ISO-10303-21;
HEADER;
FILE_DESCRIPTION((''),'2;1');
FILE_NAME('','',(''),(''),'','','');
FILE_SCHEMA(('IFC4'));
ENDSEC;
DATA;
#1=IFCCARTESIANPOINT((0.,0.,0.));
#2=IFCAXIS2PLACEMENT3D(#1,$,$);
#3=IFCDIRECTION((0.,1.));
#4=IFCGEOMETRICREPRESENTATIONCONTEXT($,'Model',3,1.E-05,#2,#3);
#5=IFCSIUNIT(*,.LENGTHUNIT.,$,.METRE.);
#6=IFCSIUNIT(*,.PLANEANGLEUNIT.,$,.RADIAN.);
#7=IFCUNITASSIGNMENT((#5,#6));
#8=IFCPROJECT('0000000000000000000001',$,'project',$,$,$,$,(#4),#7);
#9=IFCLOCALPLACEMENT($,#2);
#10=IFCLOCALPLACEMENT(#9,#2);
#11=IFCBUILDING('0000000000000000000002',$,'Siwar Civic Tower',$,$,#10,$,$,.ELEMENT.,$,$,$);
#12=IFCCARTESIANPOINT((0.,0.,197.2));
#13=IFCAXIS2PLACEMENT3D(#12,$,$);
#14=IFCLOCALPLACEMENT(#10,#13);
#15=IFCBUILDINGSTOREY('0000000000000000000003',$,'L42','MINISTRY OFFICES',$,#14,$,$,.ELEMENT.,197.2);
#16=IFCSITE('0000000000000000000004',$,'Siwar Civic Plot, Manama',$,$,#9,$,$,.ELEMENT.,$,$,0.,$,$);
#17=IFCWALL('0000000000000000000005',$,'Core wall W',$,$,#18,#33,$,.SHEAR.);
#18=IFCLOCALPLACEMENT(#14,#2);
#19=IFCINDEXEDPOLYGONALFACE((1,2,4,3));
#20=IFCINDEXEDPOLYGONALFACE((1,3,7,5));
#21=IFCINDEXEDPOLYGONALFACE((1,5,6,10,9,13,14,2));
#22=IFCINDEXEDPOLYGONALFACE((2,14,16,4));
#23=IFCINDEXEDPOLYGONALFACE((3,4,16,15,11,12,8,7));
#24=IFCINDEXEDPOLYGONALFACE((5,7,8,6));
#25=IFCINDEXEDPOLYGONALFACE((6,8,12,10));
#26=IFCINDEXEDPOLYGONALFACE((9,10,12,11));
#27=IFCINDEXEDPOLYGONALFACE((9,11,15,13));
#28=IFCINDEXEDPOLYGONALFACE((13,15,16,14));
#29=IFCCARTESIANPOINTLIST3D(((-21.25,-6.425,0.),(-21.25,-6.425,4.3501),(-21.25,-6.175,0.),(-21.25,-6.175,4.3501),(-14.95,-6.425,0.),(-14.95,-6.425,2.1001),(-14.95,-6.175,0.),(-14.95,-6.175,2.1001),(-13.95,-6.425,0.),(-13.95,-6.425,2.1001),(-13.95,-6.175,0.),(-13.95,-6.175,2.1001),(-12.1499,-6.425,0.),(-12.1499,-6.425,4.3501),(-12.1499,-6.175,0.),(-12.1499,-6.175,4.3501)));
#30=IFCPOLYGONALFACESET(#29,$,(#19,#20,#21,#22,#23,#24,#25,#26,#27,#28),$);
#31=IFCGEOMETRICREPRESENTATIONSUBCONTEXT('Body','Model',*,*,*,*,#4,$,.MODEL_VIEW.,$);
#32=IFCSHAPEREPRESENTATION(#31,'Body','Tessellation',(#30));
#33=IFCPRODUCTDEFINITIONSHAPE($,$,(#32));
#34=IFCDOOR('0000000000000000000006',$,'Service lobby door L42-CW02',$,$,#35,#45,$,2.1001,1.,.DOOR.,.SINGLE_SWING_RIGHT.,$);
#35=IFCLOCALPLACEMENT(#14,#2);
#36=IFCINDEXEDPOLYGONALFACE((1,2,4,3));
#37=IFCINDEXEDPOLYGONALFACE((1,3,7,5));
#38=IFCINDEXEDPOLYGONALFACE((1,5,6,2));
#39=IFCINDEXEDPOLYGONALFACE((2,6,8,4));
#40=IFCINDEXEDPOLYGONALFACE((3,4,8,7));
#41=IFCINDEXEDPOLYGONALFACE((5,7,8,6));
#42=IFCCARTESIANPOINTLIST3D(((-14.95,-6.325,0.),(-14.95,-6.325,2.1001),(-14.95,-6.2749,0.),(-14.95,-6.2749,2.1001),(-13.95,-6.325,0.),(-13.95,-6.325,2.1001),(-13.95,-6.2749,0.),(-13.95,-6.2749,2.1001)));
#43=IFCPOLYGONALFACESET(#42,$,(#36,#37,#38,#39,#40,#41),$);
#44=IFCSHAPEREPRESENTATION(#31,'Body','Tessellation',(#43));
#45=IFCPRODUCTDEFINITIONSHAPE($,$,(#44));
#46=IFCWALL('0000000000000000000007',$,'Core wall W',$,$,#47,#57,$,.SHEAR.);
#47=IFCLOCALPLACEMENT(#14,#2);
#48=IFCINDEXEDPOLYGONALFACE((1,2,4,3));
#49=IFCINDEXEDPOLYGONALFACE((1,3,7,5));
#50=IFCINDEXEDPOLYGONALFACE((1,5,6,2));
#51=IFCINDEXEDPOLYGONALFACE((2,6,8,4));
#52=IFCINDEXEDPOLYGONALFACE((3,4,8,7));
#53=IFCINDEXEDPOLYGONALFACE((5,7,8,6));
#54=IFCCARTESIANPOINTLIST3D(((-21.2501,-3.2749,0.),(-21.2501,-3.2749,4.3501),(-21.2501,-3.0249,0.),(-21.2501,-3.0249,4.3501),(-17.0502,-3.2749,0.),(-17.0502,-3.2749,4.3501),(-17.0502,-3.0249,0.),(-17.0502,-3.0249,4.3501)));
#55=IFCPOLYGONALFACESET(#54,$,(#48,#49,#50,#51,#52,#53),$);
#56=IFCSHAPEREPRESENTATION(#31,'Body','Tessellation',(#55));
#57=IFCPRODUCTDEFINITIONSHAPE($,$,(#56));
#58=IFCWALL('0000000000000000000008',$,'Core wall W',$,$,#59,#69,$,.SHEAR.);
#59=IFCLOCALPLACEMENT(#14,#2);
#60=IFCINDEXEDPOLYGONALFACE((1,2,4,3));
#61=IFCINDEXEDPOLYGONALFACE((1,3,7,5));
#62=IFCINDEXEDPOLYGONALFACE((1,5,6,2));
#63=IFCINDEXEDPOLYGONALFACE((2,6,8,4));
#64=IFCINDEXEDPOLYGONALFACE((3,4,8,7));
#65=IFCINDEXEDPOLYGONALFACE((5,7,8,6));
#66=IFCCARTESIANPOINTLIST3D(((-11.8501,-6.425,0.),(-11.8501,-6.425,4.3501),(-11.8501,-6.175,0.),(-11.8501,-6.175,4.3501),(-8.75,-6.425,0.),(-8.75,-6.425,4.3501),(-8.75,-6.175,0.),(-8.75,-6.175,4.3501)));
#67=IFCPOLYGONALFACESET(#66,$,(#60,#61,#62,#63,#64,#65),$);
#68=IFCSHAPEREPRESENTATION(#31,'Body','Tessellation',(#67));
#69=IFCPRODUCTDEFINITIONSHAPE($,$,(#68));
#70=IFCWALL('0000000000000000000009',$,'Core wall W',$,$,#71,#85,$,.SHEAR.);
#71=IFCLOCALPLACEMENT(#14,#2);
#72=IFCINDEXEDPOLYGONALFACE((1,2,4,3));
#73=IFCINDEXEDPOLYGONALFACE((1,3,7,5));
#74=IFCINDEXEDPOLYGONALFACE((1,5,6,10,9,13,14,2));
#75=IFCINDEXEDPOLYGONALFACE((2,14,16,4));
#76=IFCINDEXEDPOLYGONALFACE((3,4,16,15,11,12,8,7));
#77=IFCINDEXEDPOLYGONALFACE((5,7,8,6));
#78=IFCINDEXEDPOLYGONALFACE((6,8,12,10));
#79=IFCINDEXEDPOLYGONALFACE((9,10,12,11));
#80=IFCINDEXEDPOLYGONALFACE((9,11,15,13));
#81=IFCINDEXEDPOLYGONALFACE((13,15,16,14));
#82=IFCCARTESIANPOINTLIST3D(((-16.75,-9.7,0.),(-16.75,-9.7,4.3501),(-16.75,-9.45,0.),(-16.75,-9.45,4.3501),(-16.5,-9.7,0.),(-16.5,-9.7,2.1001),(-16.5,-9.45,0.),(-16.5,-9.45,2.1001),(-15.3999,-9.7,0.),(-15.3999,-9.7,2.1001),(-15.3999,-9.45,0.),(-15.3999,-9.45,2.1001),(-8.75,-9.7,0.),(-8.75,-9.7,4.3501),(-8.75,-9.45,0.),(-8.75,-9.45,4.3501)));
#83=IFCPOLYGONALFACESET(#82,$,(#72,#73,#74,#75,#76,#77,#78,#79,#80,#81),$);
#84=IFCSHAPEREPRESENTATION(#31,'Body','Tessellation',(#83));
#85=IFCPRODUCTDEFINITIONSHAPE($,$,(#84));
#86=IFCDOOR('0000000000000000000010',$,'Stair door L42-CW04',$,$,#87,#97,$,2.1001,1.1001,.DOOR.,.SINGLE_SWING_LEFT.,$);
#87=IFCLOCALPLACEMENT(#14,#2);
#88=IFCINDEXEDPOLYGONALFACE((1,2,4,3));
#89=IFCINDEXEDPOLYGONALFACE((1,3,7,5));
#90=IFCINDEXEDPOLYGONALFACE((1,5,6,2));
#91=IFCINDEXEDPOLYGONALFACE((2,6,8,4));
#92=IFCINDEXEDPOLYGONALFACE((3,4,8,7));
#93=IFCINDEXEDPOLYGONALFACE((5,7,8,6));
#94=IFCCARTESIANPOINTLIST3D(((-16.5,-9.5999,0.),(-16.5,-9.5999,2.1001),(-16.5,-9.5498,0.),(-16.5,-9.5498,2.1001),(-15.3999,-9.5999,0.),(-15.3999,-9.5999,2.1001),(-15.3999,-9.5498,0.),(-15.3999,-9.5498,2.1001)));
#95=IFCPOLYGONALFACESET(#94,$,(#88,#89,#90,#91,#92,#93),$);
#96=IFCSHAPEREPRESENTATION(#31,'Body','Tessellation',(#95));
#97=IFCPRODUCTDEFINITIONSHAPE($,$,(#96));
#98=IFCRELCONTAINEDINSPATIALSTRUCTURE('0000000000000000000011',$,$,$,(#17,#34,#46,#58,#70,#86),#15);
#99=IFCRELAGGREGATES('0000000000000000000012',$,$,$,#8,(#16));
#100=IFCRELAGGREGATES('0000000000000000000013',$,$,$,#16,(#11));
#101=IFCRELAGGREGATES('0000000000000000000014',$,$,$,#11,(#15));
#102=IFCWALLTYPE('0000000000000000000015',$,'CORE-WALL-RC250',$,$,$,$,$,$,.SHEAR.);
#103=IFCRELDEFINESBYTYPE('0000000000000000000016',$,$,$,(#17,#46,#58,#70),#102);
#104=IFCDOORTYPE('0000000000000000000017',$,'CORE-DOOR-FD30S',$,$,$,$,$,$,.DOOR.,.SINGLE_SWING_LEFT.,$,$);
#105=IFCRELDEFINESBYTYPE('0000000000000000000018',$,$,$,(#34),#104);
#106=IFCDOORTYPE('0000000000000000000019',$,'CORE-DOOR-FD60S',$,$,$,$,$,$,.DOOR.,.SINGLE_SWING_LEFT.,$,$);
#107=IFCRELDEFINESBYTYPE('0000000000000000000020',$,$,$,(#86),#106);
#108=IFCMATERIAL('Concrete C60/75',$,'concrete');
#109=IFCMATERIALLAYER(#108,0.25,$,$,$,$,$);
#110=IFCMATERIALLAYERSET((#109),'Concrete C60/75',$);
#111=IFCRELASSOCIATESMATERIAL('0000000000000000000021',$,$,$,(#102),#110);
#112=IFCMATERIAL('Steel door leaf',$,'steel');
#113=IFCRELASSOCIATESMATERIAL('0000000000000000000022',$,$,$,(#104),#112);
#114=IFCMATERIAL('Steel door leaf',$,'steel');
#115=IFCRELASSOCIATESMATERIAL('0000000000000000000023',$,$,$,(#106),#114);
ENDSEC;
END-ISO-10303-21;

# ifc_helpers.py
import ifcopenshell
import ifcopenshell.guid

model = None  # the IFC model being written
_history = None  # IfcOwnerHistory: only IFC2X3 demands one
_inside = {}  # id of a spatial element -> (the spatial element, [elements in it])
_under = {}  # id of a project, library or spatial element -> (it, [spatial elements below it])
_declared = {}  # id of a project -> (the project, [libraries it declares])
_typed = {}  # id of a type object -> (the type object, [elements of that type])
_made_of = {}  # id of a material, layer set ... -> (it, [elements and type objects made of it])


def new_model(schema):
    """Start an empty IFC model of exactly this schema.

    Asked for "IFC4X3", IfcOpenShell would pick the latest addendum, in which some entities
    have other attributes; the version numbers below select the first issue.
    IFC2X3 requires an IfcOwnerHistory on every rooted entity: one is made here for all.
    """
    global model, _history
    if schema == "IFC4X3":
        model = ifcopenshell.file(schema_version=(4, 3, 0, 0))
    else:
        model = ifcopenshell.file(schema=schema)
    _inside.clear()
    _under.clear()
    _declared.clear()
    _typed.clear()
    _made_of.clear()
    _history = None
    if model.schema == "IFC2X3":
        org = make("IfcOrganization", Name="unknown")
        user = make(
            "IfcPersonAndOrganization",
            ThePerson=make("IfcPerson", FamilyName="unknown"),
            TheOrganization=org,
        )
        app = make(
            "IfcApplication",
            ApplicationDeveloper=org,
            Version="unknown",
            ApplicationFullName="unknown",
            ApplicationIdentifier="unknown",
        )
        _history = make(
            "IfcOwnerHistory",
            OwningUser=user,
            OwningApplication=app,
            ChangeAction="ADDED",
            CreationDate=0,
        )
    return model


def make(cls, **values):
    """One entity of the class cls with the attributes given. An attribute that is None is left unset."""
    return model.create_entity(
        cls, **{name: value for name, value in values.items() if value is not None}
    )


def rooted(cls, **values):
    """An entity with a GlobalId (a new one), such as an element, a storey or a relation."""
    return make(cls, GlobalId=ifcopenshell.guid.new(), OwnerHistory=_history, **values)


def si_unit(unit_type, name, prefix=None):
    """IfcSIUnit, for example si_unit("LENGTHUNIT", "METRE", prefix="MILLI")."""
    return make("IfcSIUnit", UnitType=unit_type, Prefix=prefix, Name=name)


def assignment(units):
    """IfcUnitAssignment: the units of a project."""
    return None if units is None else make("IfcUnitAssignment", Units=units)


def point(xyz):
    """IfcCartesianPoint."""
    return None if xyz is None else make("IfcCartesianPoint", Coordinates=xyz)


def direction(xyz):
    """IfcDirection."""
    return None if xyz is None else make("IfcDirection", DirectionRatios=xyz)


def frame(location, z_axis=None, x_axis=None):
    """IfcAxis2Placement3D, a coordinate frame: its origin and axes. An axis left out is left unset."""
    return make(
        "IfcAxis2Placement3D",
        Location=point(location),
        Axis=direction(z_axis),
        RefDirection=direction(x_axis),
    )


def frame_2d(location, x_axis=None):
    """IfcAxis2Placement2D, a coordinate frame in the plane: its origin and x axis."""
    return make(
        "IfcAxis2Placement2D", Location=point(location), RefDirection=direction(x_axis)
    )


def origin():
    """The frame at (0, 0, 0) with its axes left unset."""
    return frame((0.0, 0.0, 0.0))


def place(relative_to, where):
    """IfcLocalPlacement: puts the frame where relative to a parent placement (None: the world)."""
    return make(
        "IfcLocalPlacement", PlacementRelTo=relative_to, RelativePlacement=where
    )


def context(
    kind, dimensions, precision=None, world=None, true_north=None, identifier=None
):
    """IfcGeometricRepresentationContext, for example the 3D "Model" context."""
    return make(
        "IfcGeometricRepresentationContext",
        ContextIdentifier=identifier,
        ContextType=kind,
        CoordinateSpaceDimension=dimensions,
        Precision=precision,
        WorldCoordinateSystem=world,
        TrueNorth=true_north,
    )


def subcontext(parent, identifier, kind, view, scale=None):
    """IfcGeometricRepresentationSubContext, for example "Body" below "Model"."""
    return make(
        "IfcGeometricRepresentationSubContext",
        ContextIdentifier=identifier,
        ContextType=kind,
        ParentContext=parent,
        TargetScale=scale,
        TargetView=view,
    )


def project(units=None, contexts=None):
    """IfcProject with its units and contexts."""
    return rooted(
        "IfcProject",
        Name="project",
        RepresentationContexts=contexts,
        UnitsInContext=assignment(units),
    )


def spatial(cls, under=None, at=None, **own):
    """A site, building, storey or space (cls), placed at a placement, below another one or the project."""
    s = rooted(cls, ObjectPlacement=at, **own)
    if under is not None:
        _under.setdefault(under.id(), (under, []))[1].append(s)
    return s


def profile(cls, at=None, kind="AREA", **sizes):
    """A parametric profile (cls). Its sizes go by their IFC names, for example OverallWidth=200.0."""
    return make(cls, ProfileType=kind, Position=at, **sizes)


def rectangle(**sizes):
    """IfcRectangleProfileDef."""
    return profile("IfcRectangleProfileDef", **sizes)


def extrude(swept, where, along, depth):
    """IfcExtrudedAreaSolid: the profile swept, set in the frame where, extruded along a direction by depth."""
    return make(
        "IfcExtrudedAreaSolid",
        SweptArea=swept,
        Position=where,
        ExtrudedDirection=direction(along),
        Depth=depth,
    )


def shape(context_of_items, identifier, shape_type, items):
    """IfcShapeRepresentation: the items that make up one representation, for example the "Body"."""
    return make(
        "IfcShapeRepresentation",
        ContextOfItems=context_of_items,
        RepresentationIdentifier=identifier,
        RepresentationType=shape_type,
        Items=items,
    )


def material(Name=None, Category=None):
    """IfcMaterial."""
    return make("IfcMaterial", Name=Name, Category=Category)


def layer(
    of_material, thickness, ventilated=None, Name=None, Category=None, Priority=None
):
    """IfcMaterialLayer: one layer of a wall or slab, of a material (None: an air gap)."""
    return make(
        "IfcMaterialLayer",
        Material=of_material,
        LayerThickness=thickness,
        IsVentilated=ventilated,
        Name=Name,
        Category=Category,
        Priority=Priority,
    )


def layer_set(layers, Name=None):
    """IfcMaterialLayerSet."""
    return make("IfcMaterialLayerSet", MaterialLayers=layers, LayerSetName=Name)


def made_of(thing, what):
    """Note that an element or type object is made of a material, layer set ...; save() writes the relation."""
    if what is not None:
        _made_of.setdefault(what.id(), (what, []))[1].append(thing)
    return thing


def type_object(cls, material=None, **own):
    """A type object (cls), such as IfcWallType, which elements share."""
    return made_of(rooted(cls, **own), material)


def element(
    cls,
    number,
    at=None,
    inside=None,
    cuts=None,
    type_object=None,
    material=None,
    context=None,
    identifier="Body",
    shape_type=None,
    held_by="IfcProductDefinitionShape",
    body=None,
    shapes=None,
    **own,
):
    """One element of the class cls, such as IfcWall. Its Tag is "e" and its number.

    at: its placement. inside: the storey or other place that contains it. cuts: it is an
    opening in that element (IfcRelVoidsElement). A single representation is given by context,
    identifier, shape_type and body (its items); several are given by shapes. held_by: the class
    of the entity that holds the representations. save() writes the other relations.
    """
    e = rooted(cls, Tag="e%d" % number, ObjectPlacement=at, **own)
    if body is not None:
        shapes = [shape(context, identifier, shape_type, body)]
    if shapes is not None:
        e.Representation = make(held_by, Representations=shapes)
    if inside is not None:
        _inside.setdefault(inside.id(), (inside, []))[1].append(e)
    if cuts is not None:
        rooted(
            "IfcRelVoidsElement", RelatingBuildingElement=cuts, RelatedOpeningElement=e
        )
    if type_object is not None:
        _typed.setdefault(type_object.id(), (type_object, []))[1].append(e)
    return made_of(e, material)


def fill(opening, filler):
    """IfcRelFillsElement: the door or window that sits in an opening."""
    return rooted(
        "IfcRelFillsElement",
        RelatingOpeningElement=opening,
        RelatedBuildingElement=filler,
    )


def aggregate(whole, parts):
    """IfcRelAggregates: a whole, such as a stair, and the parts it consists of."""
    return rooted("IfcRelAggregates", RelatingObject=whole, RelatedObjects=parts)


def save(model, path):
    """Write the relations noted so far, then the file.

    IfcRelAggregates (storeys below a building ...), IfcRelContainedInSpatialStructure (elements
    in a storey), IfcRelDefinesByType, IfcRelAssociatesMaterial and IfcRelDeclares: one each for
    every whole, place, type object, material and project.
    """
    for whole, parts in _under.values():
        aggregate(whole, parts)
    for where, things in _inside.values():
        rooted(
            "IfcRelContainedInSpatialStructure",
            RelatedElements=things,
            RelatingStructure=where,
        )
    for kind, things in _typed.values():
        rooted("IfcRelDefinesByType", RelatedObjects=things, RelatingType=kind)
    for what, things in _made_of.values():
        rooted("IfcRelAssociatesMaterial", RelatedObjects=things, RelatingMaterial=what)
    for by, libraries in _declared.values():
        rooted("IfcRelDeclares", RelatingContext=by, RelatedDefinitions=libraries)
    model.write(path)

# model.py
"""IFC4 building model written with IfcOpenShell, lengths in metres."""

from ifc_helpers import new_model, si_unit, direction, frame, frame_2d, origin, place, context, subcontext, project, spatial, rectangle, extrude, material, layer, layer_set, type_object, element, fill, save


model = new_model("IFC4")

# Units and contexts
model_context = context("Model", 3, precision=1e-05, world=origin(), true_north=direction((0.0, 1.0)))
body_context = subcontext(model_context, "Body", "Model", "MODEL_VIEW")
ifc_project = project(units=[si_unit("LENGTHUNIT", "METRE"), si_unit("PLANEANGLEUNIT", "RADIAN")], contexts=[model_context])

# Site, building, storey
site_placement = place(None, origin())
site = spatial("IfcSite", under=ifc_project, at=site_placement, Name="Siwar Civic Plot, Manama", CompositionType="ELEMENT", RefElevation=0.0)
building_placement = place(site_placement, origin())
building = spatial("IfcBuilding", under=site, at=building_placement, Name="Siwar Civic Tower", CompositionType="ELEMENT")
storey_placement = place(building_placement, frame((0.0, 0.0, 197.2)))
storey = spatial("IfcBuildingStorey", under=building, at=storey_placement, Name="L42", Description="MINISTRY OFFICES", CompositionType="ELEMENT", Elevation=197.2)

# Wall, opening, door
ifc_material_1 = material(Name="Concrete C60/75", Category="concrete")
ifc_layer_1 = layer(ifc_material_1, 0.25)
ifc_layer_set_1 = layer_set([ifc_layer_1], Name="Concrete C60/75")
wall_type_1 = type_object("IfcWallType", Name="CORE-WALL-RC250", PredefinedType="SHEAR", material=ifc_layer_set_1)
wall_1_placement = place(storey_placement, frame((-12.1499, -6.3, 0.0), z_axis=(0.0, 0.0, 1.0), x_axis=(-1.0, 0.0, 0.0)))
wall_1 = element("IfcWall", 1, at=wall_1_placement, inside=storey, type_object=wall_type_1, Name="Core wall W", PredefinedType="SHEAR", context=body_context, shape_type="SweptSolid", body=[
    extrude(rectangle(XDim=9.1001, YDim=0.25, at=frame_2d((4.55, 0.0))), origin(), (0.0, 0.0, 1.0), 4.3501),
])
opening_1_placement = place(wall_1_placement, frame((1.8, 0.0, 0.0)))
opening_1 = element("IfcOpeningElement", 2, at=opening_1_placement, cuts=wall_1, PredefinedType="OPENING", context=body_context, shape_type="SweptSolid", body=[
    extrude(rectangle(XDim=1.0, YDim=2.1001, at=frame_2d((0.5, 1.05))), frame((0.0, 0.135, 0.0), z_axis=(0.0, -1.0, 0.0), x_axis=(1.0, 0.0, 0.0)), (0.0, 0.0, 1.0), 0.27),
])
ifc_material_2 = material(Name="Steel door leaf", Category="steel")
door_type_1 = type_object("IfcDoorType", Name="CORE-DOOR-FD30S", OperationType="SINGLE_SWING_LEFT", PredefinedType="DOOR", material=ifc_material_2)
door_1_placement = place(opening_1_placement, origin())
door_1 = element("IfcDoor", 3, at=door_1_placement, inside=storey, type_object=door_type_1, Name="Service lobby door L42-CW02", OperationType="SINGLE_SWING_RIGHT", OverallHeight=2.1001, OverallWidth=1.0, PredefinedType="DOOR", context=body_context, shape_type="SweptSolid", body=[
    extrude(rectangle(XDim=1.0, YDim=2.1001, at=frame_2d((0.5, 1.05))), frame((0.0, 0.0249, 0.0), z_axis=(0.0, -1.0, 0.0), x_axis=(1.0, 0.0, 0.0)), (0.0, 0.0, 1.0), 0.05),
])
fill(opening_1, door_1)

# Walls
wall_2_placement = place(storey_placement, frame((-17.05, -3.1499, 0.0), z_axis=(0.0, 0.0, 1.0), x_axis=(-1.0, 0.0, 0.0)))
element("IfcWall", 4, at=wall_2_placement, inside=storey, type_object=wall_type_1, Name="Core wall W", PredefinedType="SHEAR", context=body_context, shape_type="SweptSolid", body=[
    extrude(rectangle(XDim=4.2, YDim=0.25, at=frame_2d((2.1001, 0.0))), origin(), (0.0, 0.0, 1.0), 4.3501),
])
wall_3_placement = place(storey_placement, frame((-8.75, -6.3, 0.0), z_axis=(0.0, 0.0, 1.0), x_axis=(-1.0, 0.0, 0.0)))
element("IfcWall", 5, at=wall_3_placement, inside=storey, type_object=wall_type_1, Name="Core wall W", PredefinedType="SHEAR", context=body_context, shape_type="SweptSolid", body=[
    extrude(rectangle(XDim=3.1001, YDim=0.25, at=frame_2d((1.55, 0.0))), origin(), (0.0, 0.0, 1.0), 4.3501),
])

# Wall, opening, door
wall_4_placement = place(storey_placement, frame((-8.75, -9.575, 0.0), z_axis=(0.0, 0.0, 1.0), x_axis=(-1.0, 0.0, 0.0)))
wall_4 = element("IfcWall", 6, at=wall_4_placement, inside=storey, type_object=wall_type_1, Name="Core wall W", PredefinedType="SHEAR", context=body_context, shape_type="SweptSolid", body=[
    extrude(rectangle(XDim=8.0, YDim=0.25, at=frame_2d((4.0, 0.0))), origin(), (0.0, 0.0, 1.0), 4.3501),
])
opening_2_placement = place(wall_4_placement, frame((6.6499, 0.0, 0.0)))
opening_2 = element("IfcOpeningElement", 7, at=opening_2_placement, cuts=wall_4, PredefinedType="OPENING", context=body_context, shape_type="SweptSolid", body=[
    extrude(rectangle(XDim=1.1001, YDim=2.1001, at=frame_2d((0.55, 1.05))), frame((0.0, 0.135, 0.0), z_axis=(0.0, -1.0, 0.0), x_axis=(1.0, 0.0, 0.0)), (0.0, 0.0, 1.0), 0.27),
])
ifc_material_3 = material(Name="Steel door leaf", Category="steel")
door_type_2 = type_object("IfcDoorType", Name="CORE-DOOR-FD60S", OperationType="SINGLE_SWING_LEFT", PredefinedType="DOOR", material=ifc_material_3)
door_2_placement = place(opening_2_placement, origin())
door_2 = element("IfcDoor", 8, at=door_2_placement, inside=storey, type_object=door_type_2, Name="Stair door L42-CW04", OperationType="SINGLE_SWING_LEFT", OverallHeight=2.1001, OverallWidth=1.1001, PredefinedType="DOOR", context=body_context, shape_type="SweptSolid", body=[
    extrude(rectangle(XDim=1.1001, YDim=2.1001, at=frame_2d((0.55, 1.05))), frame((0.0, 0.0249, 0.0), z_axis=(0.0, -1.0, 0.0), x_axis=(1.0, 0.0, 0.0)), (0.0, 0.0, 1.0), 0.05),
])
fill(opening_2, door_2)

save(model, "model.ifc")
